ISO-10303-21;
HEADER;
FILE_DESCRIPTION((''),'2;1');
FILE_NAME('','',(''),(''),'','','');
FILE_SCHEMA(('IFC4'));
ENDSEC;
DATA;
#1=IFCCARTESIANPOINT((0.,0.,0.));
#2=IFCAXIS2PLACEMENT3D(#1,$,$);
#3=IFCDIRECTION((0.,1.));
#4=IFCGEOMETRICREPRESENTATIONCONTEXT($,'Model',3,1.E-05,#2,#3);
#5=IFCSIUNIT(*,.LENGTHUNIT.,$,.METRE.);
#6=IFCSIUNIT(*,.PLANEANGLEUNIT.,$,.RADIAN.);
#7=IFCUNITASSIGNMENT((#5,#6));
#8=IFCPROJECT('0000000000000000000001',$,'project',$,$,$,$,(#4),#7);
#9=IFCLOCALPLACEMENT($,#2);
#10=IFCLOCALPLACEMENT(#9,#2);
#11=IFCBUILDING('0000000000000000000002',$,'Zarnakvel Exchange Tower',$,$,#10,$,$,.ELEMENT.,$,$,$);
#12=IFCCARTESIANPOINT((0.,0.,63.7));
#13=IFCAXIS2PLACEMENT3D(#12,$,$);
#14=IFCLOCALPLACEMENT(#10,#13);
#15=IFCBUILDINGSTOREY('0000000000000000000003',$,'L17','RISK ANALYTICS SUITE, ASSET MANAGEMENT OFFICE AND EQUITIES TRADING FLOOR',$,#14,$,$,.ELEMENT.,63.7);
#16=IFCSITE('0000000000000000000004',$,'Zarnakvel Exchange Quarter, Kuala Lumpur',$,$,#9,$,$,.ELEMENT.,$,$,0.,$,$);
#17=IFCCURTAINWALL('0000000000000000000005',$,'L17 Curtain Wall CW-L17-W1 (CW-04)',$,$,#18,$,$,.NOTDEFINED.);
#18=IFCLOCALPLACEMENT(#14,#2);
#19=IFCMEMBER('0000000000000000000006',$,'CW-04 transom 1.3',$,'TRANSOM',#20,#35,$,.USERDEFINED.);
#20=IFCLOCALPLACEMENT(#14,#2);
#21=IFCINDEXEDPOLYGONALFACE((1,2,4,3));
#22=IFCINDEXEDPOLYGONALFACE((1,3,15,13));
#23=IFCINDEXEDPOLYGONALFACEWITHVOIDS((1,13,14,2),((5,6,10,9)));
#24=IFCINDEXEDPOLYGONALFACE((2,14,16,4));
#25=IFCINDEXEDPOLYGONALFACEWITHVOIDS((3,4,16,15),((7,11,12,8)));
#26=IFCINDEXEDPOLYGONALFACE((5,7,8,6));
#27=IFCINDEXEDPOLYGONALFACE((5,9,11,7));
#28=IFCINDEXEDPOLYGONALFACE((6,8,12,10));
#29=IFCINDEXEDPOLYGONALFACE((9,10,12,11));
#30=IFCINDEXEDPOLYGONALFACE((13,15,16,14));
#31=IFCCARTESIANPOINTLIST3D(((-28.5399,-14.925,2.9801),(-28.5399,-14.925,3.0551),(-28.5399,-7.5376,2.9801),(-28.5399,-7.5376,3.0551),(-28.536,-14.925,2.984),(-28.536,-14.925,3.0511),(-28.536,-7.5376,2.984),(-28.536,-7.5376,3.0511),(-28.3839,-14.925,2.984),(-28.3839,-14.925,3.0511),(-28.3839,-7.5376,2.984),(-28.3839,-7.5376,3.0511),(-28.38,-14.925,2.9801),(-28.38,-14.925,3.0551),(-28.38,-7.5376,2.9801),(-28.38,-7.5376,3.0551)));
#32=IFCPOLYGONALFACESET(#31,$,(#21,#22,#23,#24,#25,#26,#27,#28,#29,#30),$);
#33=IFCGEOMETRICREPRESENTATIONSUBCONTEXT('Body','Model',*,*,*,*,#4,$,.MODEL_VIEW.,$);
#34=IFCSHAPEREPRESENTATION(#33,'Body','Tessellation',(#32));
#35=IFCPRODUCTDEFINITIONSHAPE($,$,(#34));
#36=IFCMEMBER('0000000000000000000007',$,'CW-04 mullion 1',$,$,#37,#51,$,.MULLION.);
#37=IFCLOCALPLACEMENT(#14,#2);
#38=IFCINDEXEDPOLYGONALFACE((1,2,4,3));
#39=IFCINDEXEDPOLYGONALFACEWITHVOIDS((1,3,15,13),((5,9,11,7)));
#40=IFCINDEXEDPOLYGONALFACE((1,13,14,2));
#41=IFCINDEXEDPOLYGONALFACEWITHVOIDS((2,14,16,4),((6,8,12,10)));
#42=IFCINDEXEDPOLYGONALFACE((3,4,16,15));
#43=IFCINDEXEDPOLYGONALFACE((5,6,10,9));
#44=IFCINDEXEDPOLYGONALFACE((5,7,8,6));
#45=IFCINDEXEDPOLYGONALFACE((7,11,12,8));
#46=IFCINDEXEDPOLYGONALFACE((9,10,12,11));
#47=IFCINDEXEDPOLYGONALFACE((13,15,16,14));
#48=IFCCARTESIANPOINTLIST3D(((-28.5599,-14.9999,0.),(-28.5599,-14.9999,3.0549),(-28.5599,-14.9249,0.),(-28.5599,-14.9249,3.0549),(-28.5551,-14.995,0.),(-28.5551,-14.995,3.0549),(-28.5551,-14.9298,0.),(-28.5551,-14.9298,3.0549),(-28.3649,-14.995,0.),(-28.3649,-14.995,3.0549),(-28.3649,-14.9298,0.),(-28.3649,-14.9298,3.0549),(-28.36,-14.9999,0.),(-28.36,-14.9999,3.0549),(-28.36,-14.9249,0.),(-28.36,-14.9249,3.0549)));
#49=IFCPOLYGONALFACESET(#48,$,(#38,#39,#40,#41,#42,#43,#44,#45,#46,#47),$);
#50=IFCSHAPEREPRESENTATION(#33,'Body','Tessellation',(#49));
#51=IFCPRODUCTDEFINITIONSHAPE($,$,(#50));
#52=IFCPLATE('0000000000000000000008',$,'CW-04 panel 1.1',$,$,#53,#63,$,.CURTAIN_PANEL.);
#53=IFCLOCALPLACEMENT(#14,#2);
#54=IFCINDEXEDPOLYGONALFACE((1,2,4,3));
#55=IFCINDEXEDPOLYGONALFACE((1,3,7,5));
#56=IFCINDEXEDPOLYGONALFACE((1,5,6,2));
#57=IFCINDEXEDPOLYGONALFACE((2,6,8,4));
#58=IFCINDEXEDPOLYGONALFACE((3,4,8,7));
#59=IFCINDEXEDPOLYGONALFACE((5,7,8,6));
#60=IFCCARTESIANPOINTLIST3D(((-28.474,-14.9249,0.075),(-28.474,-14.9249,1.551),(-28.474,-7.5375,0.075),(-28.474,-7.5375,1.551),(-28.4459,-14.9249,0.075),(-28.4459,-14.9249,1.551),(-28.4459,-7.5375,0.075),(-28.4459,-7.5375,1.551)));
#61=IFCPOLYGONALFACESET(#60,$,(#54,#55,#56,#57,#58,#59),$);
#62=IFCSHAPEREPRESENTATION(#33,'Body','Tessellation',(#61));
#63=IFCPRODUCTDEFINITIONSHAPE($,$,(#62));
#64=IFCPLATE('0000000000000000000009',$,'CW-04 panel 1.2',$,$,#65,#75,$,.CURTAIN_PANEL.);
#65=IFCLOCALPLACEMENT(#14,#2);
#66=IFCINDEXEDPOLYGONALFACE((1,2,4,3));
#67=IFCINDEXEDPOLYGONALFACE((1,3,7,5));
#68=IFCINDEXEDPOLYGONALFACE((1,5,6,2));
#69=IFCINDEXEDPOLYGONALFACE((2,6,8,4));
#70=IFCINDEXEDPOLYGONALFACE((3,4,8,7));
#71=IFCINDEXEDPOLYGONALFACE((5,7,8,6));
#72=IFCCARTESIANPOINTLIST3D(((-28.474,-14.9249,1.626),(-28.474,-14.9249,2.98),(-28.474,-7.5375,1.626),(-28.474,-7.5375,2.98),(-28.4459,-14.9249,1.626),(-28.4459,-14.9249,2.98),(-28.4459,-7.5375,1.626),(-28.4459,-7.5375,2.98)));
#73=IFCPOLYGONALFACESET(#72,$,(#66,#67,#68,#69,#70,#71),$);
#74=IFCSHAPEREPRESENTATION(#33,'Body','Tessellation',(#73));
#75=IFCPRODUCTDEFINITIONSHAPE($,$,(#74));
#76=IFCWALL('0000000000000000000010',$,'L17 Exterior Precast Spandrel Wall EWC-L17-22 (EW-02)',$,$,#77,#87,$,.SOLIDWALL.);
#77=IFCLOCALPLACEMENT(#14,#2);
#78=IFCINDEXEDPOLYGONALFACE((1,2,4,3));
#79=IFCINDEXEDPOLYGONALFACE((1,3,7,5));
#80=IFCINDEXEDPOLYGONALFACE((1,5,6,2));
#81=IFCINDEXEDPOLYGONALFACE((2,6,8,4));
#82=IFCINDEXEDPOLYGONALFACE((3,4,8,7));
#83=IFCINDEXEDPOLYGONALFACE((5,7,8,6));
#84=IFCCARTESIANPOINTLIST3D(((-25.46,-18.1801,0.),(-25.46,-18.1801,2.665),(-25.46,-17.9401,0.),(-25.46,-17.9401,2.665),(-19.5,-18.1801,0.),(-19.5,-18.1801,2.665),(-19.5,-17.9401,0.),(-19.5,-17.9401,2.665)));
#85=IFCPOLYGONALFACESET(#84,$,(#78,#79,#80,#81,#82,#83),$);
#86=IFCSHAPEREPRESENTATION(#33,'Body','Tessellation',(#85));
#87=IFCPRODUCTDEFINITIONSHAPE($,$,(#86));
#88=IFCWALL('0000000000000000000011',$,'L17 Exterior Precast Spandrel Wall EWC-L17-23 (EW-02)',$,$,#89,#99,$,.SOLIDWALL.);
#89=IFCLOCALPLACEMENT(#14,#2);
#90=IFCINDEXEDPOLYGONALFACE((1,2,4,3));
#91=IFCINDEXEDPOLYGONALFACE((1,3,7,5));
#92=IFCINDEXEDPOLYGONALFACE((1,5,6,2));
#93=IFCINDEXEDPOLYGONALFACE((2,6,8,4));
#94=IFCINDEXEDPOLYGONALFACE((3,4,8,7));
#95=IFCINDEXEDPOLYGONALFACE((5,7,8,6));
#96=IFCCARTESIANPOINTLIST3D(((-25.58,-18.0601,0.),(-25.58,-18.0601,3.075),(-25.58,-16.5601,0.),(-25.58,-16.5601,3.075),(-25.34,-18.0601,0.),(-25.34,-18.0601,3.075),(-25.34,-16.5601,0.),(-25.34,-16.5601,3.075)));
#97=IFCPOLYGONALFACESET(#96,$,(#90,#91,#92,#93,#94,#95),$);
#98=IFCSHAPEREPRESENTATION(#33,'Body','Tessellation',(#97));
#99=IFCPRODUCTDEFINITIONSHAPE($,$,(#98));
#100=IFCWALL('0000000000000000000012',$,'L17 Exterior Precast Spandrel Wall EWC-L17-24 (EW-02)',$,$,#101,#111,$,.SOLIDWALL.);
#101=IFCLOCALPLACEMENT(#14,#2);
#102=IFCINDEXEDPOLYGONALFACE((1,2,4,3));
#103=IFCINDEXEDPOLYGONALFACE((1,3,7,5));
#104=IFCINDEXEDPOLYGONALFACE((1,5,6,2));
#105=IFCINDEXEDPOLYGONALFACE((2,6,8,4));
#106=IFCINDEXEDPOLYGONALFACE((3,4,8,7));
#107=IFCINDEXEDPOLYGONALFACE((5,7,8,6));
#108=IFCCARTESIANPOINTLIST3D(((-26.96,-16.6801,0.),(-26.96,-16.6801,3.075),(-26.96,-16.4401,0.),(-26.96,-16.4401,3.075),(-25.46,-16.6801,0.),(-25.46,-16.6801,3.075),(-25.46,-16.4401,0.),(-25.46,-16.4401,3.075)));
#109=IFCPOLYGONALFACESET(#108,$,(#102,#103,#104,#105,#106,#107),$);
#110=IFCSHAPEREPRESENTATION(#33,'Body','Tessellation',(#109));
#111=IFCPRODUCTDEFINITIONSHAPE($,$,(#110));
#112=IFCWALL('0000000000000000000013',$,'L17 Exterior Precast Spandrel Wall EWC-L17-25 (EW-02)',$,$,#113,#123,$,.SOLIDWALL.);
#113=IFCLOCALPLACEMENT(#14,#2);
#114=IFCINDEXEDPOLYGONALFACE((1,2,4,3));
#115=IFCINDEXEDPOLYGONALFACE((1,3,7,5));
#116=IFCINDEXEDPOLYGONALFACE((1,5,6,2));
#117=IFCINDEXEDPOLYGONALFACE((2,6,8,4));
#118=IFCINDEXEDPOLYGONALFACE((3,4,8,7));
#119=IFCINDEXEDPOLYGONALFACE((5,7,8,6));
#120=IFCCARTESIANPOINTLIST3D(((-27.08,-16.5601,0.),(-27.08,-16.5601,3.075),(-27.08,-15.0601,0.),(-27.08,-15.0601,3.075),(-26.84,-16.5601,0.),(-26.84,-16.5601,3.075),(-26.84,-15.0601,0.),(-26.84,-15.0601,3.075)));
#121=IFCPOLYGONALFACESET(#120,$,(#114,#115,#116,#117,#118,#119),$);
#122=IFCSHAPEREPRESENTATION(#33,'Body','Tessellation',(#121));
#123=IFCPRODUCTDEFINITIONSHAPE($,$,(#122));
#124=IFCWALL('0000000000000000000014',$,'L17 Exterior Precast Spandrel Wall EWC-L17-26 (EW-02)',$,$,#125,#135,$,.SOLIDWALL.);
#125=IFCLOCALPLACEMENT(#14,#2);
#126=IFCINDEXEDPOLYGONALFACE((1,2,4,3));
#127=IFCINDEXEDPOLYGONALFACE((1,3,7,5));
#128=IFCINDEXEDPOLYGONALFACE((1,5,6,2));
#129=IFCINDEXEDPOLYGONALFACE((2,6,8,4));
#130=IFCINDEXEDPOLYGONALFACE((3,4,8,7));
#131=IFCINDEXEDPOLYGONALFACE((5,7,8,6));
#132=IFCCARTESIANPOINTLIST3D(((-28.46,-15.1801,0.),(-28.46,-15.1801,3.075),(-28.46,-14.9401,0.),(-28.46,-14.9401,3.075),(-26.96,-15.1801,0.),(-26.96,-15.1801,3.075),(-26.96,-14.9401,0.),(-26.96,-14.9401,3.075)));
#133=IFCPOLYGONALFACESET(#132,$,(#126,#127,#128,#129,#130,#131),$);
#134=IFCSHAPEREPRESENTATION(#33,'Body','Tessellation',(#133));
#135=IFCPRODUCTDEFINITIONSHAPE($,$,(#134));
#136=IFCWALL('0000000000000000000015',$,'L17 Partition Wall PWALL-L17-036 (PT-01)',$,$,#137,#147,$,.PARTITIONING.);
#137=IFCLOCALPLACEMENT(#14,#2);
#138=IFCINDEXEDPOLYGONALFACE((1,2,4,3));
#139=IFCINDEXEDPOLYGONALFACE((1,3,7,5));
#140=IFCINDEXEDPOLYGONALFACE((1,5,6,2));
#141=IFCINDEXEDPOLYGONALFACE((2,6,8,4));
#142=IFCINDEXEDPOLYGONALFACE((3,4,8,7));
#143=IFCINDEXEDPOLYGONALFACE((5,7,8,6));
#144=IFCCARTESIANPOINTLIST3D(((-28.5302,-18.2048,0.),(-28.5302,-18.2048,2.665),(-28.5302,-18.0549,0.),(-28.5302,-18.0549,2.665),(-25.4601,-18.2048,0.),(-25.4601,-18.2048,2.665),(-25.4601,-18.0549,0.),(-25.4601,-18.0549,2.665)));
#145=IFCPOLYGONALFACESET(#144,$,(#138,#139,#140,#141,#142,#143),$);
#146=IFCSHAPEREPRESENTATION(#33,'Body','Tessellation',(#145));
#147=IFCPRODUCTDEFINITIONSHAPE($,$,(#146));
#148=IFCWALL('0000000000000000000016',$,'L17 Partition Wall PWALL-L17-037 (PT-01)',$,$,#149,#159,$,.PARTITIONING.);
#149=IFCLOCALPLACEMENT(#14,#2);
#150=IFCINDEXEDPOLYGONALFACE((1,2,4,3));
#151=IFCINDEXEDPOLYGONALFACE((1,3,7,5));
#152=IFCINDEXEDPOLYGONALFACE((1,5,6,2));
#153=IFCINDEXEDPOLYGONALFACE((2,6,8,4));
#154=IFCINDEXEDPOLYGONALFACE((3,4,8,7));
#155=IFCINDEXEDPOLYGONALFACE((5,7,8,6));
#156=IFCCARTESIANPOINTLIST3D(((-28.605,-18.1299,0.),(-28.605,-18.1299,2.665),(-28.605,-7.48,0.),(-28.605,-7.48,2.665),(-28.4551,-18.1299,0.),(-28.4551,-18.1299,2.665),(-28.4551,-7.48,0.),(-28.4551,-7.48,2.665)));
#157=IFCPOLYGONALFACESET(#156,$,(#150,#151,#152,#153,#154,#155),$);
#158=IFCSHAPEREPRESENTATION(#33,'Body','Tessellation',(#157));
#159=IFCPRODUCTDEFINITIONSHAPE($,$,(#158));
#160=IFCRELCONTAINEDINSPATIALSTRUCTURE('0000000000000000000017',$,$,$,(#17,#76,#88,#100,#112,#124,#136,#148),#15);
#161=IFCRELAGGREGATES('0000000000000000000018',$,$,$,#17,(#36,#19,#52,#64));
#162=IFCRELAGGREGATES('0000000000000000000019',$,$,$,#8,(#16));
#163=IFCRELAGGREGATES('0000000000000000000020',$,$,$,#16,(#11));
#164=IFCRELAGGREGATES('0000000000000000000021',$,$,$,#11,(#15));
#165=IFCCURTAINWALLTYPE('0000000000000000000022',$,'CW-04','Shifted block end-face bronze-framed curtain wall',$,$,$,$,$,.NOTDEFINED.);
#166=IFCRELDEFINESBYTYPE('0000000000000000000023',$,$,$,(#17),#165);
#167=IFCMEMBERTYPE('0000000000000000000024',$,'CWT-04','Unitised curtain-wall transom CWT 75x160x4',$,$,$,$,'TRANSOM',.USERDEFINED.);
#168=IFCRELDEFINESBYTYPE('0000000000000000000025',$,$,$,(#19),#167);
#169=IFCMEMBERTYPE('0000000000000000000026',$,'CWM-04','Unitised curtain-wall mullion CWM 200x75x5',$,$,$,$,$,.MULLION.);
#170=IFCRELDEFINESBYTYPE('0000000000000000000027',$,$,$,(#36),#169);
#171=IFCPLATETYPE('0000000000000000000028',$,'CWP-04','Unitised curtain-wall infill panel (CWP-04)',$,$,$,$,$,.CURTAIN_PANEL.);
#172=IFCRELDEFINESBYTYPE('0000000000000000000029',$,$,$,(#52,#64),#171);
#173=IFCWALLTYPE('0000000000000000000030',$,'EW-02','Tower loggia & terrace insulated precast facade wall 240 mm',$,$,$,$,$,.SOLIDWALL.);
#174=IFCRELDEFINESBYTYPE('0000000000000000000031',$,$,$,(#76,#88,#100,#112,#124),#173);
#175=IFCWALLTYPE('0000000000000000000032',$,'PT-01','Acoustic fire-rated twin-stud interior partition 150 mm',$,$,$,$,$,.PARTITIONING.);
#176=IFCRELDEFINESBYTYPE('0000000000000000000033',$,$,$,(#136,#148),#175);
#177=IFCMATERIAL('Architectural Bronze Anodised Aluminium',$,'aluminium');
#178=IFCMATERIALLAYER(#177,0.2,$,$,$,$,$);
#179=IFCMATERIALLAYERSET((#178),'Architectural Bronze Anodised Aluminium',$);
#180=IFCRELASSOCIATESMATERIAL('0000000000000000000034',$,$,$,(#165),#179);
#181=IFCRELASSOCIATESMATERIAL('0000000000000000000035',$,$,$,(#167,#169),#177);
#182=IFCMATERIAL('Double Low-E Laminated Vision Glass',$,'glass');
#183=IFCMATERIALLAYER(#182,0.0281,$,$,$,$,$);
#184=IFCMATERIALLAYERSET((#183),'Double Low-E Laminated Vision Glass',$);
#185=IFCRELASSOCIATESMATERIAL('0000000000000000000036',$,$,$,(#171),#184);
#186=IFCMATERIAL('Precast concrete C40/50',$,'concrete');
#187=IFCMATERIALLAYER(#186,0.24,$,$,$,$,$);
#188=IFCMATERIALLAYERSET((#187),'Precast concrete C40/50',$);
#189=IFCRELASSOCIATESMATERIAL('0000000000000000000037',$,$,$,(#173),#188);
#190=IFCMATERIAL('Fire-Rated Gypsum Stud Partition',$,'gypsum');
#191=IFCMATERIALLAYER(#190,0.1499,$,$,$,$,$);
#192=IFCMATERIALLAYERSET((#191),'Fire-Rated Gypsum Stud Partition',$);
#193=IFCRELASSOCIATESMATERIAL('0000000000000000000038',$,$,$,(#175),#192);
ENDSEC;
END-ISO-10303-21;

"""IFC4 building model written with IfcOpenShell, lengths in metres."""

from ifc_helpers import new_model, si_unit, direction, frame, frame_2d, origin, origin_2d, place, context, subcontext, project, spatial, rectangle, hollow_rectangle, extrude, source, transform, mapped, material, layer, layer_set, material_profile, profile_set, type_object, element, aggregate, save


model = new_model("IFC4")

# Units and contexts
model_context = context("Model", 3, precision=1e-05, world=origin(), true_north=direction((0.0, 1.0)))
body_context = subcontext(model_context, "Body", "Model", "MODEL_VIEW")
ifc_project = project(units=[si_unit("LENGTHUNIT", "METRE"), si_unit("PLANEANGLEUNIT", "RADIAN")], contexts=[model_context])

# Site, building, storey
site_placement = place(None, origin())
site = spatial("IfcSite", under=ifc_project, at=site_placement, Name="Zarnakvel Exchange Quarter, Kuala Lumpur", CompositionType="ELEMENT", RefElevation=0.0)
building_placement = place(site_placement, origin())
building = spatial("IfcBuilding", under=site, at=building_placement, Name="Zarnakvel Exchange Tower", CompositionType="ELEMENT")
storey_placement = place(building_placement, frame((0.0, 0.0, 63.7)))
storey = spatial("IfcBuildingStorey", under=building, at=storey_placement, Name="L17", Description="RISK ANALYTICS SUITE, ASSET MANAGEMENT OFFICE AND EQUITIES TRADING FLOOR", CompositionType="ELEMENT", Elevation=63.7)

# Curtain wall, members, plates
ifc_material_1 = material(Name="Architectural Bronze Anodised Aluminium", Category="aluminium")
ifc_layer_1 = layer(ifc_material_1, 0.2)
ifc_layer_set_1 = layer_set([ifc_layer_1], Name="Architectural Bronze Anodised Aluminium")
curtain_wall_type = type_object("IfcCurtainWallType", Name="CW-04", Description="Shifted block end-face bronze-framed curtain wall", PredefinedType="NOTDEFINED", material=ifc_layer_set_1)
curtain_wall_placement = place(storey_placement, origin())
curtain_wall = element("IfcCurtainWall", 1, at=curtain_wall_placement, inside=storey, type_object=curtain_wall_type, Name="L17 Curtain Wall CW-L17-W1 (CW-04)", PredefinedType="NOTDEFINED")
ifc_material_profile_1 = material_profile(ifc_material_1, hollow_rectangle(XDim=0.1599, YDim=0.075, WallThickness=0.0039, at=origin_2d()))
ifc_profile_set_1 = profile_set([ifc_material_profile_1], Name="Architectural Bronze Anodised Aluminium")
member_type_1 = type_object("IfcMemberType", Name="CWT-04", Description="Unitised curtain-wall transom CWT 75x160x4", ElementType="TRANSOM", PredefinedType="USERDEFINED", material=ifc_profile_set_1)
shared_shape_1 = source(origin(), body_context, "Body", "SweptSolid", [
    extrude(hollow_rectangle(XDim=0.1599, YDim=0.075, WallThickness=0.0039, at=origin_2d()), origin(), (0.0, 0.0, 1.0), 7.3875),
])
member_1_placement = place(storey_placement, frame((-28.46, -14.925, 3.0176), z_axis=(0.0, 1.0, 0.0), x_axis=(-1.0, 0.0, 0.0)))
member_1 = element("IfcMember", 2, at=member_1_placement, type_object=member_type_1, Name="CW-04 transom 1.3", ObjectType="TRANSOM", PredefinedType="USERDEFINED", context=body_context, shape_type="MappedRepresentation", body=[
    mapped(shared_shape_1, transform((0.0, 0.0, 0.0), x_axis=(1.0, 0.0, 0.0), y_axis=(0.0, 1.0, 0.0), z_axis=(0.0, 0.0, 1.0), scale=1.0)),
])
ifc_material_profile_2 = material_profile(ifc_material_1, hollow_rectangle(XDim=0.2, YDim=0.075, WallThickness=0.0049, at=origin_2d()))
ifc_profile_set_2 = profile_set([ifc_material_profile_2], Name="Architectural Bronze Anodised Aluminium")
member_type_2 = type_object("IfcMemberType", Name="CWM-04", Description="Unitised curtain-wall mullion CWM 200x75x5", PredefinedType="MULLION", material=ifc_profile_set_2)
shared_shape_2 = source(origin(), body_context, "Body", "SweptSolid", [
    extrude(hollow_rectangle(XDim=0.2, YDim=0.075, WallThickness=0.0049, at=origin_2d()), origin(), (0.0, 0.0, 1.0), 3.0549),
])
member_2_placement = place(storey_placement, frame((-28.46, -14.9624, 0.0), z_axis=(0.0, 0.0, 1.0), x_axis=(-1.0, 0.0, 0.0)))
member_2 = element("IfcMember", 3, at=member_2_placement, type_object=member_type_2, Name="CW-04 mullion 1", PredefinedType="MULLION", context=body_context, shape_type="MappedRepresentation", body=[
    mapped(shared_shape_2, transform((0.0, 0.0, 0.0), x_axis=(1.0, 0.0, 0.0), y_axis=(0.0, 1.0, 0.0), z_axis=(0.0, 0.0, 1.0), scale=1.0)),
])
ifc_material_2 = material(Name="Double Low-E Laminated Vision Glass", Category="glass")
ifc_layer_2 = layer(ifc_material_2, 0.0281)
ifc_layer_set_2 = layer_set([ifc_layer_2], Name="Double Low-E Laminated Vision Glass")
plate_type = type_object("IfcPlateType", Name="CWP-04", Description="Unitised curtain-wall infill panel (CWP-04)", PredefinedType="CURTAIN_PANEL", material=ifc_layer_set_2)
shared_shape_3 = source(origin(), body_context, "Body", "SweptSolid", [
    extrude(rectangle(XDim=7.3875, YDim=0.0281, at=origin_2d()), origin(), (0.0, 0.0, 1.0), 1.4761),
])
plate_1_placement = place(storey_placement, frame((-28.46, -11.2312, 0.075), z_axis=(0.0, 0.0, 1.0), x_axis=(0.0, 1.0, 0.0)))
plate_1 = element("IfcPlate", 4, at=plate_1_placement, type_object=plate_type, Name="CW-04 panel 1.1", PredefinedType="CURTAIN_PANEL", context=body_context, shape_type="MappedRepresentation", body=[
    mapped(shared_shape_3, transform((0.0, 0.0, 0.0), x_axis=(1.0, 0.0, 0.0), y_axis=(0.0, 1.0, 0.0), z_axis=(0.0, 0.0, 1.0), scale=1.0)),
])
shared_shape_4 = source(origin(), body_context, "Body", "SweptSolid", [
    extrude(rectangle(XDim=7.3875, YDim=0.0281, at=origin_2d()), origin(), (0.0, 0.0, 1.0), 1.354),
])
plate_2_placement = place(storey_placement, frame((-28.46, -11.2312, 1.626), z_axis=(0.0, 0.0, 1.0), x_axis=(0.0, 1.0, 0.0)))
plate_2 = element("IfcPlate", 5, at=plate_2_placement, type_object=plate_type, Name="CW-04 panel 1.2", PredefinedType="CURTAIN_PANEL", context=body_context, shape_type="MappedRepresentation", body=[
    mapped(shared_shape_4, transform((0.0, 0.0, 0.0), x_axis=(1.0, 0.0, 0.0), y_axis=(0.0, 1.0, 0.0), z_axis=(0.0, 0.0, 1.0), scale=1.0)),
])
aggregate(curtain_wall, [member_2, member_1, plate_1, plate_2])

# Walls
ifc_material_3 = material(Name="Precast concrete C40/50", Category="concrete")
ifc_layer_3 = layer(ifc_material_3, 0.24)
ifc_layer_set_3 = layer_set([ifc_layer_3], Name="Precast concrete C40/50")
wall_type_1 = type_object("IfcWallType", Name="EW-02", Description="Tower loggia & terrace insulated precast facade wall 240 mm", PredefinedType="SOLIDWALL", material=ifc_layer_set_3)
wall_1_placement = place(storey_placement, frame((-25.46, -18.0601, 0.0), z_axis=(0.0, 0.0, 1.0), x_axis=(1.0, 0.0, 0.0)))
element("IfcWall", 6, at=wall_1_placement, inside=storey, type_object=wall_type_1, Name="L17 Exterior Precast Spandrel Wall EWC-L17-22 (EW-02)", PredefinedType="SOLIDWALL", context=body_context, shape_type="SweptSolid", body=[
    extrude(rectangle(XDim=5.96, YDim=0.24, at=frame_2d((2.98, 0.0))), origin(), (0.0, 0.0, 1.0), 2.665),
])
for number, where, z_axis, x_axis, name in (
    (7, (-25.46, -16.5601, 0.0), (0.0, 0.0, 1.0), (0.0, -1.0, 0.0), "L17 Exterior Precast Spandrel Wall EWC-L17-23 (EW-02)"),
    (8, (-26.96, -16.5601, 0.0), (0.0, 0.0, 1.0), (1.0, 0.0, 0.0), "L17 Exterior Precast Spandrel Wall EWC-L17-24 (EW-02)"),
    (9, (-26.96, -15.0601, 0.0), (0.0, 0.0, 1.0), (0.0, -1.0, 0.0), "L17 Exterior Precast Spandrel Wall EWC-L17-25 (EW-02)"),
    (10, (-28.46, -15.0601, 0.0), (0.0, 0.0, 1.0), (1.0, 0.0, 0.0), "L17 Exterior Precast Spandrel Wall EWC-L17-26 (EW-02)"),
):
    element("IfcWall", number, at=place(storey_placement, frame(where, z_axis=z_axis, x_axis=x_axis)), inside=storey, type_object=wall_type_1, Name=name, PredefinedType="SOLIDWALL", context=body_context, shape_type="SweptSolid", body=[
        extrude(rectangle(XDim=1.5, YDim=0.24, at=frame_2d((0.75, 0.0))), origin(), (0.0, 0.0, 1.0), 3.075),
    ])
ifc_material_4 = material(Name="Fire-Rated Gypsum Stud Partition", Category="gypsum")
ifc_layer_4 = layer(ifc_material_4, 0.1499)
ifc_layer_set_4 = layer_set([ifc_layer_4], Name="Fire-Rated Gypsum Stud Partition")
wall_type_2 = type_object("IfcWallType", Name="PT-01", Description="Acoustic fire-rated twin-stud interior partition 150 mm", PredefinedType="PARTITIONING", material=ifc_layer_set_4)
wall_2_placement = place(storey_placement, frame((-25.46, -18.1299, 0.0), z_axis=(0.0, 0.0, 1.0), x_axis=(-1.0, 0.0, 0.0)))
element("IfcWall", 11, at=wall_2_placement, inside=storey, type_object=wall_type_2, Name="L17 Partition Wall PWALL-L17-036 (PT-01)", PredefinedType="PARTITIONING", context=body_context, shape_type="SweptSolid", body=[
    extrude(rectangle(XDim=3.0701, YDim=0.1499, at=frame_2d((1.5352, 0.0))), origin(), (0.0, 0.0, 1.0), 2.665),
])
wall_3_placement = place(storey_placement, frame((-28.53, -18.1299, 0.0), z_axis=(0.0, 0.0, 1.0), x_axis=(0.0, 1.0, 0.0)))
element("IfcWall", 12, at=wall_3_placement, inside=storey, type_object=wall_type_2, Name="L17 Partition Wall PWALL-L17-037 (PT-01)", PredefinedType="PARTITIONING", context=body_context, shape_type="SweptSolid", body=[
    extrude(rectangle(XDim=10.6499, YDim=0.1499, at=frame_2d((5.325, 0.0))), origin(), (0.0, 0.0, 1.0), 2.665),
])

save(model, "model.ifc")
